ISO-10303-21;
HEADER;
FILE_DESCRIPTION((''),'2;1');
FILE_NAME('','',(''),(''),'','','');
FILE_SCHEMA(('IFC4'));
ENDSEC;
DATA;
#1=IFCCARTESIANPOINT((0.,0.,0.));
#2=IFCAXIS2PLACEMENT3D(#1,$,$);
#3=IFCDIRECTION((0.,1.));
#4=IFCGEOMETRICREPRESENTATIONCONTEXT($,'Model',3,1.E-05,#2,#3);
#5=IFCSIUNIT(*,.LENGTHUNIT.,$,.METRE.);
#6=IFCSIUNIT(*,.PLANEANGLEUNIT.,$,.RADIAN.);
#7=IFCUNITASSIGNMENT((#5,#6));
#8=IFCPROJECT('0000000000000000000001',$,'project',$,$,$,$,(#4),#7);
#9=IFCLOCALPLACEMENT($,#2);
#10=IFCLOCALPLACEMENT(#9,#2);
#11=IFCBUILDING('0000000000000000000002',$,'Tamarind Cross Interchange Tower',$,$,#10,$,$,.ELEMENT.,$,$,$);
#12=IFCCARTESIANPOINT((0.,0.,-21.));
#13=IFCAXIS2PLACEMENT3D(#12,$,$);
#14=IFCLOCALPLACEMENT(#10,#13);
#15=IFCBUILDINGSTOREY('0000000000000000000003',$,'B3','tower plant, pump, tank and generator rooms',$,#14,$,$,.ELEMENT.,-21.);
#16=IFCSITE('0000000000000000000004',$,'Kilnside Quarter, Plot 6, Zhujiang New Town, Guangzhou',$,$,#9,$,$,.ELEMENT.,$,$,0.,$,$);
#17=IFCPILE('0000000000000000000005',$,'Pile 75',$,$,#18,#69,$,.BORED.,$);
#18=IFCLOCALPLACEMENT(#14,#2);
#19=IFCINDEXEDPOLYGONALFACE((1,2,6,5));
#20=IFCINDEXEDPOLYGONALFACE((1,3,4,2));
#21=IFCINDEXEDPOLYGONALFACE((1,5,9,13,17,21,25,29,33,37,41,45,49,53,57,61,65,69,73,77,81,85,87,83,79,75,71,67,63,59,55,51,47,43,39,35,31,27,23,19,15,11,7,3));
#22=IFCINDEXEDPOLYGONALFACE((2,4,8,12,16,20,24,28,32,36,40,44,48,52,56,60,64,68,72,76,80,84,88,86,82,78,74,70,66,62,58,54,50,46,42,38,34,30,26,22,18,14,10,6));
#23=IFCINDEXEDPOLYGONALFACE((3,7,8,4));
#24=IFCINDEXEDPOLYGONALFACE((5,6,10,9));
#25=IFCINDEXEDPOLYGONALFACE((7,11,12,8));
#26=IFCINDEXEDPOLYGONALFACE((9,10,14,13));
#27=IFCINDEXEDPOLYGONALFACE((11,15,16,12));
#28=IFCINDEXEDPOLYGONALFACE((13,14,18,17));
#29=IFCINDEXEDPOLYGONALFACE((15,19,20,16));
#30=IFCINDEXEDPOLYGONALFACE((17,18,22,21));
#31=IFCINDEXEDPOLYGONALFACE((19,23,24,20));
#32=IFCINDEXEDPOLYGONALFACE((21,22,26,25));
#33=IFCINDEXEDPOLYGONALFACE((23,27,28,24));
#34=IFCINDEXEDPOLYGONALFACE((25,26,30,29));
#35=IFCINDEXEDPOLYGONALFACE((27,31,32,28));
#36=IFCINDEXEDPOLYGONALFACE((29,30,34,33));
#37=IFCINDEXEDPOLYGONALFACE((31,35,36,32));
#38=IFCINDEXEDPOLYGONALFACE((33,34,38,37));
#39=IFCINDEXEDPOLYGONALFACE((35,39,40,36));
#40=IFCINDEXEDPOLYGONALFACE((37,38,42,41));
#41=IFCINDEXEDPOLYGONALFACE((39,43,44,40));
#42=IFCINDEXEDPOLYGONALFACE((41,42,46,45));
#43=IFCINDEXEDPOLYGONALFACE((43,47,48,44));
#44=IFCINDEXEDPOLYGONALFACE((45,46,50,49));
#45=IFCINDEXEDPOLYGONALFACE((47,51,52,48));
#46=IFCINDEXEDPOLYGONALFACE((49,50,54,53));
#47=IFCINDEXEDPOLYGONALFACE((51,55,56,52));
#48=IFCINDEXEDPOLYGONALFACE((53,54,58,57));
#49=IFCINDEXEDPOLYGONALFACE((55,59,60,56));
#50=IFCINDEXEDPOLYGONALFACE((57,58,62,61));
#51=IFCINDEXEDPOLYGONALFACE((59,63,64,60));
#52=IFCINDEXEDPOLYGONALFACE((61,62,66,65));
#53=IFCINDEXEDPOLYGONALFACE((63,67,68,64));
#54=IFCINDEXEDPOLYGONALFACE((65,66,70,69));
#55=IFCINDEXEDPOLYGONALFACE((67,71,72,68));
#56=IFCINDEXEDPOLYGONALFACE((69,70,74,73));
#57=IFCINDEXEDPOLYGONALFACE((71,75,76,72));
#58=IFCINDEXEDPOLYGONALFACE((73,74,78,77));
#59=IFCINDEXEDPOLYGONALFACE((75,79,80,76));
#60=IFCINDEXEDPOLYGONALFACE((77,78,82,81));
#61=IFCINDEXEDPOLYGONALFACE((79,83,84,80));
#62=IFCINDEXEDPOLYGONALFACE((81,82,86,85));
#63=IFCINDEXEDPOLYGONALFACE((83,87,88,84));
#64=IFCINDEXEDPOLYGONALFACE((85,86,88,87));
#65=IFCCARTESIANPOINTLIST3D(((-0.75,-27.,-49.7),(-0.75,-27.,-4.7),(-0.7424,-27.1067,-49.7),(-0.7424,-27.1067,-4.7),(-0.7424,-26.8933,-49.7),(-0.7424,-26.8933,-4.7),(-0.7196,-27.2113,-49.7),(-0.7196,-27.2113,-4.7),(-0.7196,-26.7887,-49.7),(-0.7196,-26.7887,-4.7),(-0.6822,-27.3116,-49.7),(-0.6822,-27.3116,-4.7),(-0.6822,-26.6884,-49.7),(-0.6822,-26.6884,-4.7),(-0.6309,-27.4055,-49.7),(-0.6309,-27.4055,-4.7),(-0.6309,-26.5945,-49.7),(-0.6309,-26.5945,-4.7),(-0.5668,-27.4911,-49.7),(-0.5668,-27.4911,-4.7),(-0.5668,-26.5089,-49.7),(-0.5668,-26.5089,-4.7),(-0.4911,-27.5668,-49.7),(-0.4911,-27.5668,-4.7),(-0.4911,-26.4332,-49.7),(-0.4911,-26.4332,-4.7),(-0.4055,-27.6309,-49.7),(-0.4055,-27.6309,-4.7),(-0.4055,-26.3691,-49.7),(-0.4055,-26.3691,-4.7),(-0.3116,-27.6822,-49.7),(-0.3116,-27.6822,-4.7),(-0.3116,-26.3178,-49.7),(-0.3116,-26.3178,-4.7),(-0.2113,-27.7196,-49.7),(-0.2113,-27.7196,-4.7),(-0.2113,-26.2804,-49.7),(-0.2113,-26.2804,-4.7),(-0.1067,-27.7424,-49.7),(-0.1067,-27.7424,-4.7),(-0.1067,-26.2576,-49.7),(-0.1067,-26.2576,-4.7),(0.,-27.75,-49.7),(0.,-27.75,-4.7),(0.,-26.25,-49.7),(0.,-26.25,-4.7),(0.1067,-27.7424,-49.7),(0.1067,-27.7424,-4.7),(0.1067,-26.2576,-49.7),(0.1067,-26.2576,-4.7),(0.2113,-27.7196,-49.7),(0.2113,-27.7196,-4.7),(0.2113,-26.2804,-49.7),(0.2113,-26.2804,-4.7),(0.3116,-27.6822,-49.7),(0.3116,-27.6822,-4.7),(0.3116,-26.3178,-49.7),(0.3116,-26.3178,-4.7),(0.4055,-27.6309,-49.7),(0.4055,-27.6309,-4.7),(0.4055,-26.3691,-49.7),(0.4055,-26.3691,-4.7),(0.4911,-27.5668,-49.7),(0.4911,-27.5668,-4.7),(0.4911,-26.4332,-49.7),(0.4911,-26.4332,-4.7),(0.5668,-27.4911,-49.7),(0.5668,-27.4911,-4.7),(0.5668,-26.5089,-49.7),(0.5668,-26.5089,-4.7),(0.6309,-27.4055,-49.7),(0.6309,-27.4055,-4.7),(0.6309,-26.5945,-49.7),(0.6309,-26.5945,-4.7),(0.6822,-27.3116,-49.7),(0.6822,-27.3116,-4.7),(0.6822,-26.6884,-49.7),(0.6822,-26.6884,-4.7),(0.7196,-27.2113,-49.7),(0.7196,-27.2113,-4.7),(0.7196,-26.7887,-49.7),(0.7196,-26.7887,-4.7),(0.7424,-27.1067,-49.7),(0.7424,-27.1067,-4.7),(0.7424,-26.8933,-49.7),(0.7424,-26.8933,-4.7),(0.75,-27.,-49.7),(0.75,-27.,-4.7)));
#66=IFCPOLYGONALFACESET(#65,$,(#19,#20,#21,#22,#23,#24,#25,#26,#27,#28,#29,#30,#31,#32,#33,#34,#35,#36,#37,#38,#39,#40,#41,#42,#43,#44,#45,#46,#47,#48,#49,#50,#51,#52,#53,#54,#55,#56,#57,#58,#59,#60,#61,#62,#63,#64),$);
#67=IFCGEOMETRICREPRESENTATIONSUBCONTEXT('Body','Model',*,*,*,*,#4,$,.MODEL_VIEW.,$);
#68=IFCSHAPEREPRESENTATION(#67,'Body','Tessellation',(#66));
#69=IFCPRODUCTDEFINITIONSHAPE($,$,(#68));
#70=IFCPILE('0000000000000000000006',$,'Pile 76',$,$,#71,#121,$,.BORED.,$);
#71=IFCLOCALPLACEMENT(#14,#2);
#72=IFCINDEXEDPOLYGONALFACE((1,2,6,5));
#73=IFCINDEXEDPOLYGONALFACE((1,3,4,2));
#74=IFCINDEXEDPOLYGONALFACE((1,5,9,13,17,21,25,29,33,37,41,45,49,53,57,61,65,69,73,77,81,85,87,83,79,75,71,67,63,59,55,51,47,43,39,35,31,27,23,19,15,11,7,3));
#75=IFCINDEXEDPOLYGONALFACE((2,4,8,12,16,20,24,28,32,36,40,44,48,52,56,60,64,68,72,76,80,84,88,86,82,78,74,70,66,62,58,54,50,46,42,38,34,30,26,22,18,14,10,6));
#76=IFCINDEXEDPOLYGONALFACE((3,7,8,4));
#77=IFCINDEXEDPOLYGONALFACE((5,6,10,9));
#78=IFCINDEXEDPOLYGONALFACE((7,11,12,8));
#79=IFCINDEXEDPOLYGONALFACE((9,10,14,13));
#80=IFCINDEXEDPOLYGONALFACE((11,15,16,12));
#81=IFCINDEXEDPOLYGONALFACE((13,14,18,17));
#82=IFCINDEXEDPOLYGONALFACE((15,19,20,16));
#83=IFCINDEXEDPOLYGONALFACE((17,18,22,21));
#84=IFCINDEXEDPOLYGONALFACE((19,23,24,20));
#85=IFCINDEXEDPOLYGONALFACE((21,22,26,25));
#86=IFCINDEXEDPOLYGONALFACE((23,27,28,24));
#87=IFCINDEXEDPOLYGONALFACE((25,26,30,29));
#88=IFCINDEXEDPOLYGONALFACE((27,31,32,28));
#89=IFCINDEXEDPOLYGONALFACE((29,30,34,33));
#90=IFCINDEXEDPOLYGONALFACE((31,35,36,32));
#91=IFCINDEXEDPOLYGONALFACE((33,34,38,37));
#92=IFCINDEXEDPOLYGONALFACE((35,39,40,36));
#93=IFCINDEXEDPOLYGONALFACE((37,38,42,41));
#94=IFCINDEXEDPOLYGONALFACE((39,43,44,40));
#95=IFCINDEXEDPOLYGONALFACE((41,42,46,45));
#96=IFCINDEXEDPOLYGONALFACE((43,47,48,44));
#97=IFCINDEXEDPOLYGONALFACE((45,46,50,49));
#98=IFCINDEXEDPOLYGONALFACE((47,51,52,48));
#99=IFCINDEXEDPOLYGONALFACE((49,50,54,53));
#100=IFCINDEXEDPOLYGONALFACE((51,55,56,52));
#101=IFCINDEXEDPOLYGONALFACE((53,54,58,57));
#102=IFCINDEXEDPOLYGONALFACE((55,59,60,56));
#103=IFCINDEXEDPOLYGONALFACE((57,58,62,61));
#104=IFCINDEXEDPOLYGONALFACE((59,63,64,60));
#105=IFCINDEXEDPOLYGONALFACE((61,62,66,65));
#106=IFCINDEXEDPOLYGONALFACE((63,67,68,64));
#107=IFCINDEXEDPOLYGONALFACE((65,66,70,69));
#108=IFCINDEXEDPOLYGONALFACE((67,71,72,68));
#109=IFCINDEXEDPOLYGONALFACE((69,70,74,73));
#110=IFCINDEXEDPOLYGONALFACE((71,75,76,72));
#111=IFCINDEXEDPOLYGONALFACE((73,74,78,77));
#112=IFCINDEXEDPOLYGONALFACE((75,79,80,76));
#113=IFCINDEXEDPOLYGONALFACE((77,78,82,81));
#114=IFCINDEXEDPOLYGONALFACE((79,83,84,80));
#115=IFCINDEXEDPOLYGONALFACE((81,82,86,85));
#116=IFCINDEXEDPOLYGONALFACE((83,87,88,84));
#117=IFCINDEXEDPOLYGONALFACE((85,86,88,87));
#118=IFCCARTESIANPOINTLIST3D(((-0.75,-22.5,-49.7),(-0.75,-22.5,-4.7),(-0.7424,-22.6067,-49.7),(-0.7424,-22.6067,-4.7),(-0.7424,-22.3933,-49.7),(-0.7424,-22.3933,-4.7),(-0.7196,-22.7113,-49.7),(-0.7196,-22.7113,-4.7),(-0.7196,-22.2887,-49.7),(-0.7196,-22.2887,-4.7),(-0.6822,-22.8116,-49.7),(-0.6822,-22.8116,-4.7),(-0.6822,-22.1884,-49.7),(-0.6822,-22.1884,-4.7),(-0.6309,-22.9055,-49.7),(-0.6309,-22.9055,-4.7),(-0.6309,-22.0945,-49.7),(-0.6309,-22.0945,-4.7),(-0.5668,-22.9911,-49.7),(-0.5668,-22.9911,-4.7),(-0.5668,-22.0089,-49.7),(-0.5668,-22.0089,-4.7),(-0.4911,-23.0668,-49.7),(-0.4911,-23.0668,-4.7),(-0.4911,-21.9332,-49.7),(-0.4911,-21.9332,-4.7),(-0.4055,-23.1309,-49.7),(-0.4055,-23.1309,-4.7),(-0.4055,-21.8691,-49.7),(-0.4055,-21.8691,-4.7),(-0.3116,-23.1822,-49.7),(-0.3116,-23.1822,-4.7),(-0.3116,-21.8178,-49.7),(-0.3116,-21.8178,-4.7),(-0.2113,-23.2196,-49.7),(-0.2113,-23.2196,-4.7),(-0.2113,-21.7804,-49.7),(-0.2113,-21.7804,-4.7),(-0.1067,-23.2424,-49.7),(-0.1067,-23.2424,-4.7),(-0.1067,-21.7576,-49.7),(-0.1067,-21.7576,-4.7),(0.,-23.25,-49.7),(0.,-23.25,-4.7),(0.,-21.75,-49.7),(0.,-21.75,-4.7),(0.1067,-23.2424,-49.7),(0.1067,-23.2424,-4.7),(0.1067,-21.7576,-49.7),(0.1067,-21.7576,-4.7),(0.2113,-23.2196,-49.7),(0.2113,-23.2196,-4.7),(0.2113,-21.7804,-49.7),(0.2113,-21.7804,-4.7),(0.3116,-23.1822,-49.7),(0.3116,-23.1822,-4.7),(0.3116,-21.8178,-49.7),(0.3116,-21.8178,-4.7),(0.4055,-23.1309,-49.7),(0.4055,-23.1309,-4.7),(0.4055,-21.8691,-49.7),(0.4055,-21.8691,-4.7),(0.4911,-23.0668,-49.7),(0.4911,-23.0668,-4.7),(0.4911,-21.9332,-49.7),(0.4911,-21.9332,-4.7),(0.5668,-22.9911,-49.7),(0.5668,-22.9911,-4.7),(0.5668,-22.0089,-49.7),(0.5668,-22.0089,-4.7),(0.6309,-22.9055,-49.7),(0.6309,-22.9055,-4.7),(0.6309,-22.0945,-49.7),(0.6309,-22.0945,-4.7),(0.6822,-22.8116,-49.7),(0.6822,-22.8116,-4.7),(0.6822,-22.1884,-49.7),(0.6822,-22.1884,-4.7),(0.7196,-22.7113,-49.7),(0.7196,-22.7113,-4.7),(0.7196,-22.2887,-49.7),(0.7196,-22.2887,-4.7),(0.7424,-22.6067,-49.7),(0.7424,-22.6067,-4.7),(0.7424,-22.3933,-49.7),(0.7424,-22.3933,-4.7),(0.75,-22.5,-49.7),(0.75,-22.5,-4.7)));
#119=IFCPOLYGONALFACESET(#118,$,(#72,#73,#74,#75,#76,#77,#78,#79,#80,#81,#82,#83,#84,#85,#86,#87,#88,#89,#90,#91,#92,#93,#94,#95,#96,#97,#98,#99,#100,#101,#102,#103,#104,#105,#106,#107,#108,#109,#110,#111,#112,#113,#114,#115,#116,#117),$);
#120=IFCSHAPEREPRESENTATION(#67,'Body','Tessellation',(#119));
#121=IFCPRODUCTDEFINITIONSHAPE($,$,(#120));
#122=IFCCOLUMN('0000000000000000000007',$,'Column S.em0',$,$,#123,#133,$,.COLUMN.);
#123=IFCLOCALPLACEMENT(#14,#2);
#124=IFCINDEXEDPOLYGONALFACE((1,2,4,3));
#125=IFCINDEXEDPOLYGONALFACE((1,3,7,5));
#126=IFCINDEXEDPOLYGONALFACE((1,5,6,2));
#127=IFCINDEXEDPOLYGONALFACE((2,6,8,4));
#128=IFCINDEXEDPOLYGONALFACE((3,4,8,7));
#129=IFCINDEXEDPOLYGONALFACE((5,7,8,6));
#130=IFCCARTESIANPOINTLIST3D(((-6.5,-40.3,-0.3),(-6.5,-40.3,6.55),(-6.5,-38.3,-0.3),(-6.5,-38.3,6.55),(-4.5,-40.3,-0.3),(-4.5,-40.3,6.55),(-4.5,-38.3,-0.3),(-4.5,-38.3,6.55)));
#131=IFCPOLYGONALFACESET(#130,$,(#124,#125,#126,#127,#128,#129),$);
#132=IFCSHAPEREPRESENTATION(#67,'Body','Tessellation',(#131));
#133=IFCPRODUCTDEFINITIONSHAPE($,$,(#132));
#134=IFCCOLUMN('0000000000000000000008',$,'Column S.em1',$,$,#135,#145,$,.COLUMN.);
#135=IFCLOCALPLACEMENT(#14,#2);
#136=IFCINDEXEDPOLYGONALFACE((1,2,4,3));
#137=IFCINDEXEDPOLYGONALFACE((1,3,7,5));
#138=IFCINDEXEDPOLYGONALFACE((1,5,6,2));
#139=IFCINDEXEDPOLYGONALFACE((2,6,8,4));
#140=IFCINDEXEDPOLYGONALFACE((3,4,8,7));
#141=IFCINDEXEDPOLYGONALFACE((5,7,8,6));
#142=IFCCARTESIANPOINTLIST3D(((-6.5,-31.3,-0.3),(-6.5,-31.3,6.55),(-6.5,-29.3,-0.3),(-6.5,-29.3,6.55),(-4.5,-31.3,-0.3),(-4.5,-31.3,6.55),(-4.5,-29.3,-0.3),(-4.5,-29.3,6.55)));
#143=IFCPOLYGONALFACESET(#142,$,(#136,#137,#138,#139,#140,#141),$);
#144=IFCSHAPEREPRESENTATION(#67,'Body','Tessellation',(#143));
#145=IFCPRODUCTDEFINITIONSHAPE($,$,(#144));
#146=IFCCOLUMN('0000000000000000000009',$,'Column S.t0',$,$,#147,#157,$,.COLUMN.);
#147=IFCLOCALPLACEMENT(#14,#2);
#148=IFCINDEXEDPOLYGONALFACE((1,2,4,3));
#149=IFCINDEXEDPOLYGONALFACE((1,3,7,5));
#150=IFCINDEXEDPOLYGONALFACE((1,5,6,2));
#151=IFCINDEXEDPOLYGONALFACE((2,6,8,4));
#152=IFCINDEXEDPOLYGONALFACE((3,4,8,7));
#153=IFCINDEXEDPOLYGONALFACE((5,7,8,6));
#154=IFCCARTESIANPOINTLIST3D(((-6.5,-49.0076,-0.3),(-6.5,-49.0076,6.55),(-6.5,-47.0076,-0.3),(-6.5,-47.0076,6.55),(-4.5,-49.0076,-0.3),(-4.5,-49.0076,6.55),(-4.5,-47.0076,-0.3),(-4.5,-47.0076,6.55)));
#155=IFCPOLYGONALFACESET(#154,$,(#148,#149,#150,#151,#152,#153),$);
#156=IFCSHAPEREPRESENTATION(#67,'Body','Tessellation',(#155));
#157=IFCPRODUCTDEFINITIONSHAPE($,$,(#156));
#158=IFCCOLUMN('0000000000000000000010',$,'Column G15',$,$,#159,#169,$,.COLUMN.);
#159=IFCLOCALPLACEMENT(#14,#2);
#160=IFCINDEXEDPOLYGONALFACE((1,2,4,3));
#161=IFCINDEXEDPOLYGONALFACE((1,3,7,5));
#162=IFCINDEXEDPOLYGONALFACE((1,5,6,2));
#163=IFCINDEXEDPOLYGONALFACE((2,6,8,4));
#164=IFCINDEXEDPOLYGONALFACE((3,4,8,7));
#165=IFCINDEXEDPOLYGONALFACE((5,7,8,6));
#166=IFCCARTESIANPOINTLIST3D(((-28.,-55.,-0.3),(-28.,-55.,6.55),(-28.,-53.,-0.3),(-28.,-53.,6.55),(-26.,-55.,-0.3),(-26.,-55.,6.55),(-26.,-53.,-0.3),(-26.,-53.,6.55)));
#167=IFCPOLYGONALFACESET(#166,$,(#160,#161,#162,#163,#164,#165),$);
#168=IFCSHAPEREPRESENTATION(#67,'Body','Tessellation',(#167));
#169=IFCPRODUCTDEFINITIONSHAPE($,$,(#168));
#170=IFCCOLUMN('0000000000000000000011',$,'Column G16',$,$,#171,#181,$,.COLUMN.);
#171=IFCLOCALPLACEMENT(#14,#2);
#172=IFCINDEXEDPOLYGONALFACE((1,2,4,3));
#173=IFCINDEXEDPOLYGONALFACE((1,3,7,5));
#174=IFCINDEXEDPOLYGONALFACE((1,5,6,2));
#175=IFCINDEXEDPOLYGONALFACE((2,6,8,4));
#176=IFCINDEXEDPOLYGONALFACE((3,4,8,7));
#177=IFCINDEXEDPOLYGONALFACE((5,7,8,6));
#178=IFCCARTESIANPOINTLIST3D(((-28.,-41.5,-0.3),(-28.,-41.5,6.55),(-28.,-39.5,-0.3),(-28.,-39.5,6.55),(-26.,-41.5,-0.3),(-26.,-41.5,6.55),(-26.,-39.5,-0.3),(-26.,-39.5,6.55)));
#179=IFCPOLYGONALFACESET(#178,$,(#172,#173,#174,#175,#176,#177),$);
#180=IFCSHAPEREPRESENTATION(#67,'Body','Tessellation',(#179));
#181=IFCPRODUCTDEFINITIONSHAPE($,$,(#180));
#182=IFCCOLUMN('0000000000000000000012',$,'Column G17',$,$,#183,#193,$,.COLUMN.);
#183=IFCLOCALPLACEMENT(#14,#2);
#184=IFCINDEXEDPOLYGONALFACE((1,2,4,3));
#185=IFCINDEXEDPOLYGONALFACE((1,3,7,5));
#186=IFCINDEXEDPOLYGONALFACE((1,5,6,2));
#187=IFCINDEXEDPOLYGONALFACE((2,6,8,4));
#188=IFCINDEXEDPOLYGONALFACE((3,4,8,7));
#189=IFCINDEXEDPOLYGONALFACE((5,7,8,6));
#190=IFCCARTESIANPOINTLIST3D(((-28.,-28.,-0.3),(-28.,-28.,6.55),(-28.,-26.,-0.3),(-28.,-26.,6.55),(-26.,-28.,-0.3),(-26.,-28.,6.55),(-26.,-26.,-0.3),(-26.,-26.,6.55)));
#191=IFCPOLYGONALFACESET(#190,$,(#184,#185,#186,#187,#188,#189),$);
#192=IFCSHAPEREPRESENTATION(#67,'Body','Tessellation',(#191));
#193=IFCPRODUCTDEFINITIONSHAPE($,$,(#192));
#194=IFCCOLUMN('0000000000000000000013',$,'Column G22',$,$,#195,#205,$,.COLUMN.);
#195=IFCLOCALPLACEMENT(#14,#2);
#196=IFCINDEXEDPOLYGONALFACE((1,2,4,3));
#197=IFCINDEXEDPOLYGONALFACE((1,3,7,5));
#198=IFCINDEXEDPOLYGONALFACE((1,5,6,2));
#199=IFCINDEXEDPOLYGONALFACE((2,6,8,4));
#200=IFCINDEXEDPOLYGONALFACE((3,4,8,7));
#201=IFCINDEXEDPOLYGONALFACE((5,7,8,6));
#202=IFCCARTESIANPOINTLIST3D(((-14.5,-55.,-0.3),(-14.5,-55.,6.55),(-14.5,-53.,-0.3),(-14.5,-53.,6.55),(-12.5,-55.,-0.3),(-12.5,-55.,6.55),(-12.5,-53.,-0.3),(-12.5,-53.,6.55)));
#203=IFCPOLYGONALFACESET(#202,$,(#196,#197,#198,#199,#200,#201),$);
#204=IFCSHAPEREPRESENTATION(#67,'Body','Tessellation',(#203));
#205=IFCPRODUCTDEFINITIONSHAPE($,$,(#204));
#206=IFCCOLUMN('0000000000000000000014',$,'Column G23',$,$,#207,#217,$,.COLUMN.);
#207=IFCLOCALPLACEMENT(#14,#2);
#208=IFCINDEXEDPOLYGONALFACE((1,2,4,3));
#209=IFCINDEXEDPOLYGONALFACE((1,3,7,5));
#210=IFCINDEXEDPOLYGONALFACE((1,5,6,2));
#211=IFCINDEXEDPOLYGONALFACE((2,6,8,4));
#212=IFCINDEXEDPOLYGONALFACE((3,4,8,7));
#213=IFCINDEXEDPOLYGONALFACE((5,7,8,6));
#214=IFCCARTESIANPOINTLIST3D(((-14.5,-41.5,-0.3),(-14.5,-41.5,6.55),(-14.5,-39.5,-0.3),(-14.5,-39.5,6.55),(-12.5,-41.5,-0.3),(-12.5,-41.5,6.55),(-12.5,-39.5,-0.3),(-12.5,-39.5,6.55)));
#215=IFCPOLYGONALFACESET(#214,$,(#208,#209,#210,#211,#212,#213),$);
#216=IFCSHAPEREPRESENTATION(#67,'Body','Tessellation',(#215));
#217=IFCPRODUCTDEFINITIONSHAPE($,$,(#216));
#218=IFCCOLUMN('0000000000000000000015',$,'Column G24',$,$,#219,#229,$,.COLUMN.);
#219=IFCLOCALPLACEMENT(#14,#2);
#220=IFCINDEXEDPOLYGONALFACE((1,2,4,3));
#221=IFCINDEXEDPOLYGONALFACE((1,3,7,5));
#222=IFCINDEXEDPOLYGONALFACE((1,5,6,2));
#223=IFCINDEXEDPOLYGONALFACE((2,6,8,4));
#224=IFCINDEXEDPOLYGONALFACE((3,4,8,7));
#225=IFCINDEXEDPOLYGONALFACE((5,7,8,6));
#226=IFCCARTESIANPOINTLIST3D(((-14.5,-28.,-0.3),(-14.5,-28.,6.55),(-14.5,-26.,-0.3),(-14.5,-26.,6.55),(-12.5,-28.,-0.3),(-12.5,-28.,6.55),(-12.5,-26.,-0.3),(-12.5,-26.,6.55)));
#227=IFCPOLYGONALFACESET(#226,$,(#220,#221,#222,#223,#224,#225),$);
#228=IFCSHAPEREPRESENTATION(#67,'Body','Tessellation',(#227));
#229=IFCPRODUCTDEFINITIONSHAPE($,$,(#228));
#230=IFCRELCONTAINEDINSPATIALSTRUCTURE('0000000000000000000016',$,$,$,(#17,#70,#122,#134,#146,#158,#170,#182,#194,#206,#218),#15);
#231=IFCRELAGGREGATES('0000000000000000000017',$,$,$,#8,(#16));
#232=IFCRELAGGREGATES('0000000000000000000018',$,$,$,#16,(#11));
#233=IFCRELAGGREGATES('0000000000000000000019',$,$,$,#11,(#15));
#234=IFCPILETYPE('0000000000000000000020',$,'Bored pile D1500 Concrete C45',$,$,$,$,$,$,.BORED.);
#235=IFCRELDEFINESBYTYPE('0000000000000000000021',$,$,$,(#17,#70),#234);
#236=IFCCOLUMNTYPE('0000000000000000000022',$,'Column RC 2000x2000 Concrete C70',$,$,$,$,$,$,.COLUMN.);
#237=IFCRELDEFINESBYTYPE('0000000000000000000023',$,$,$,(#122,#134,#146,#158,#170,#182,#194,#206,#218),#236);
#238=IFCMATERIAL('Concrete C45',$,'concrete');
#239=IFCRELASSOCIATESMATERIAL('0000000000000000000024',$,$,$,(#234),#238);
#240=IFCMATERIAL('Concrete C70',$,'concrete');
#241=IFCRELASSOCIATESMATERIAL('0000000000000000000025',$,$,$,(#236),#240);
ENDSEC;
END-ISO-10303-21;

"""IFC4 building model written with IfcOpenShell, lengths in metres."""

from ifc_helpers import new_model, si_unit, direction, frame, origin, origin_2d, place, context, subcontext, project, spatial, rectangle, circle, extrude, material, material_profile, profile_set, type_object, element, save


model = new_model("IFC4")

# Units and contexts
model_context = context("Model", 3, precision=1e-05, world=origin(), true_north=direction((0.0, 1.0)))
body_context = subcontext(model_context, "Body", "Model", "MODEL_VIEW")
ifc_project = project(units=[si_unit("LENGTHUNIT", "METRE"), si_unit("PLANEANGLEUNIT", "RADIAN")], contexts=[model_context])

# Site, building, storey
site_placement = place(None, origin())
site = spatial("IfcSite", under=ifc_project, at=site_placement, Name="Kilnside Quarter, Plot 6, Zhujiang New Town, Guangzhou", CompositionType="ELEMENT", RefElevation=0.0)
building_placement = place(site_placement, origin())
building = spatial("IfcBuilding", under=site, at=building_placement, Name="Tamarind Cross Interchange Tower", CompositionType="ELEMENT")
storey_placement = place(building_placement, frame((0.0, 0.0, -21.0)))
storey = spatial("IfcBuildingStorey", under=building, at=storey_placement, Name="B3", Description="tower plant, pump, tank and generator rooms", CompositionType="ELEMENT", Elevation=-21.0)

# Piles
ifc_material_1 = material(Name="Concrete C45", Category="concrete")
ifc_material_profile_1 = material_profile(ifc_material_1, circle(Radius=0.75, at=origin_2d()), Name="RC D1500")
ifc_profile_set_1 = profile_set([ifc_material_profile_1], Name="Concrete C45")
pile_type = type_object("IfcPileType", Name="Bored pile D1500 Concrete C45", PredefinedType="BORED", material=ifc_profile_set_1)
for number, where, z_axis, x_axis, name in (
    (1, (0.0, -27.0, -4.7), (0.0, 0.0, -1.0), (1.0, 0.0, 0.0), "Pile 75"),
    (2, (0.0, -22.5, -4.7), (0.0, 0.0, -1.0), (1.0, 0.0, 0.0), "Pile 76"),
):
    element("IfcPile", number, at=place(storey_placement, frame(where, z_axis=z_axis, x_axis=x_axis)), inside=storey, type_object=pile_type, Name=name, PredefinedType="BORED", context=body_context, shape_type="SweptSolid", body=[
        extrude(circle(Radius=0.75, at=origin_2d()), origin(), (0.0, 0.0, 1.0), 45.0),
    ])

# Columns
ifc_material_2 = material(Name="Concrete C70", Category="concrete")
ifc_material_profile_2 = material_profile(ifc_material_2, rectangle(XDim=2.0, YDim=2.0, at=origin_2d()), Name="RC 2000x2000")
ifc_profile_set_2 = profile_set([ifc_material_profile_2], Name="Concrete C70")
column_type_1 = type_object("IfcColumnType", Name="Column RC 2000x2000 Concrete C70", PredefinedType="COLUMN", material=ifc_profile_set_2)
for number, where, z_axis, x_axis, name in (
    (3, (-5.5, -39.3, -0.3), (0.0, 0.0, 1.0), (1.0, 0.0, 0.0), "Column S.em0"),
    (4, (-5.5, -30.3, -0.3), (0.0, 0.0, 1.0), (1.0, 0.0, 0.0), "Column S.em1"),
    (5, (-5.5, -48.0076, -0.3), (0.0, 0.0, 1.0), (1.0, 0.0, 0.0), "Column S.t0"),
    (6, (-27.0, -54.0, -0.3), (0.0, 0.0, 1.0), (1.0, 0.0, 0.0), "Column G15"),
    (7, (-27.0, -40.5, -0.3), (0.0, 0.0, 1.0), (1.0, 0.0, 0.0), "Column G16"),
    (8, (-27.0, -27.0, -0.3), (0.0, 0.0, 1.0), (1.0, 0.0, 0.0), "Column G17"),
    (9, (-13.5, -54.0, -0.3), (0.0, 0.0, 1.0), (1.0, 0.0, 0.0), "Column G22"),
    (10, (-13.5, -40.5, -0.3), (0.0, 0.0, 1.0), (1.0, 0.0, 0.0), "Column G23"),
    (11, (-13.5, -27.0, -0.3), (0.0, 0.0, 1.0), (1.0, 0.0, 0.0), "Column G24"),
):
    element("IfcColumn", number, at=place(storey_placement, frame(where, z_axis=z_axis, x_axis=x_axis)), inside=storey, type_object=column_type_1, Name=name, PredefinedType="COLUMN", context=body_context, shape_type="SweptSolid", body=[
        extrude(rectangle(XDim=2.0, YDim=2.0, at=origin_2d()), origin(), (0.0, 0.0, 1.0), 6.8501),
    ])

save(model, "model.ifc")
